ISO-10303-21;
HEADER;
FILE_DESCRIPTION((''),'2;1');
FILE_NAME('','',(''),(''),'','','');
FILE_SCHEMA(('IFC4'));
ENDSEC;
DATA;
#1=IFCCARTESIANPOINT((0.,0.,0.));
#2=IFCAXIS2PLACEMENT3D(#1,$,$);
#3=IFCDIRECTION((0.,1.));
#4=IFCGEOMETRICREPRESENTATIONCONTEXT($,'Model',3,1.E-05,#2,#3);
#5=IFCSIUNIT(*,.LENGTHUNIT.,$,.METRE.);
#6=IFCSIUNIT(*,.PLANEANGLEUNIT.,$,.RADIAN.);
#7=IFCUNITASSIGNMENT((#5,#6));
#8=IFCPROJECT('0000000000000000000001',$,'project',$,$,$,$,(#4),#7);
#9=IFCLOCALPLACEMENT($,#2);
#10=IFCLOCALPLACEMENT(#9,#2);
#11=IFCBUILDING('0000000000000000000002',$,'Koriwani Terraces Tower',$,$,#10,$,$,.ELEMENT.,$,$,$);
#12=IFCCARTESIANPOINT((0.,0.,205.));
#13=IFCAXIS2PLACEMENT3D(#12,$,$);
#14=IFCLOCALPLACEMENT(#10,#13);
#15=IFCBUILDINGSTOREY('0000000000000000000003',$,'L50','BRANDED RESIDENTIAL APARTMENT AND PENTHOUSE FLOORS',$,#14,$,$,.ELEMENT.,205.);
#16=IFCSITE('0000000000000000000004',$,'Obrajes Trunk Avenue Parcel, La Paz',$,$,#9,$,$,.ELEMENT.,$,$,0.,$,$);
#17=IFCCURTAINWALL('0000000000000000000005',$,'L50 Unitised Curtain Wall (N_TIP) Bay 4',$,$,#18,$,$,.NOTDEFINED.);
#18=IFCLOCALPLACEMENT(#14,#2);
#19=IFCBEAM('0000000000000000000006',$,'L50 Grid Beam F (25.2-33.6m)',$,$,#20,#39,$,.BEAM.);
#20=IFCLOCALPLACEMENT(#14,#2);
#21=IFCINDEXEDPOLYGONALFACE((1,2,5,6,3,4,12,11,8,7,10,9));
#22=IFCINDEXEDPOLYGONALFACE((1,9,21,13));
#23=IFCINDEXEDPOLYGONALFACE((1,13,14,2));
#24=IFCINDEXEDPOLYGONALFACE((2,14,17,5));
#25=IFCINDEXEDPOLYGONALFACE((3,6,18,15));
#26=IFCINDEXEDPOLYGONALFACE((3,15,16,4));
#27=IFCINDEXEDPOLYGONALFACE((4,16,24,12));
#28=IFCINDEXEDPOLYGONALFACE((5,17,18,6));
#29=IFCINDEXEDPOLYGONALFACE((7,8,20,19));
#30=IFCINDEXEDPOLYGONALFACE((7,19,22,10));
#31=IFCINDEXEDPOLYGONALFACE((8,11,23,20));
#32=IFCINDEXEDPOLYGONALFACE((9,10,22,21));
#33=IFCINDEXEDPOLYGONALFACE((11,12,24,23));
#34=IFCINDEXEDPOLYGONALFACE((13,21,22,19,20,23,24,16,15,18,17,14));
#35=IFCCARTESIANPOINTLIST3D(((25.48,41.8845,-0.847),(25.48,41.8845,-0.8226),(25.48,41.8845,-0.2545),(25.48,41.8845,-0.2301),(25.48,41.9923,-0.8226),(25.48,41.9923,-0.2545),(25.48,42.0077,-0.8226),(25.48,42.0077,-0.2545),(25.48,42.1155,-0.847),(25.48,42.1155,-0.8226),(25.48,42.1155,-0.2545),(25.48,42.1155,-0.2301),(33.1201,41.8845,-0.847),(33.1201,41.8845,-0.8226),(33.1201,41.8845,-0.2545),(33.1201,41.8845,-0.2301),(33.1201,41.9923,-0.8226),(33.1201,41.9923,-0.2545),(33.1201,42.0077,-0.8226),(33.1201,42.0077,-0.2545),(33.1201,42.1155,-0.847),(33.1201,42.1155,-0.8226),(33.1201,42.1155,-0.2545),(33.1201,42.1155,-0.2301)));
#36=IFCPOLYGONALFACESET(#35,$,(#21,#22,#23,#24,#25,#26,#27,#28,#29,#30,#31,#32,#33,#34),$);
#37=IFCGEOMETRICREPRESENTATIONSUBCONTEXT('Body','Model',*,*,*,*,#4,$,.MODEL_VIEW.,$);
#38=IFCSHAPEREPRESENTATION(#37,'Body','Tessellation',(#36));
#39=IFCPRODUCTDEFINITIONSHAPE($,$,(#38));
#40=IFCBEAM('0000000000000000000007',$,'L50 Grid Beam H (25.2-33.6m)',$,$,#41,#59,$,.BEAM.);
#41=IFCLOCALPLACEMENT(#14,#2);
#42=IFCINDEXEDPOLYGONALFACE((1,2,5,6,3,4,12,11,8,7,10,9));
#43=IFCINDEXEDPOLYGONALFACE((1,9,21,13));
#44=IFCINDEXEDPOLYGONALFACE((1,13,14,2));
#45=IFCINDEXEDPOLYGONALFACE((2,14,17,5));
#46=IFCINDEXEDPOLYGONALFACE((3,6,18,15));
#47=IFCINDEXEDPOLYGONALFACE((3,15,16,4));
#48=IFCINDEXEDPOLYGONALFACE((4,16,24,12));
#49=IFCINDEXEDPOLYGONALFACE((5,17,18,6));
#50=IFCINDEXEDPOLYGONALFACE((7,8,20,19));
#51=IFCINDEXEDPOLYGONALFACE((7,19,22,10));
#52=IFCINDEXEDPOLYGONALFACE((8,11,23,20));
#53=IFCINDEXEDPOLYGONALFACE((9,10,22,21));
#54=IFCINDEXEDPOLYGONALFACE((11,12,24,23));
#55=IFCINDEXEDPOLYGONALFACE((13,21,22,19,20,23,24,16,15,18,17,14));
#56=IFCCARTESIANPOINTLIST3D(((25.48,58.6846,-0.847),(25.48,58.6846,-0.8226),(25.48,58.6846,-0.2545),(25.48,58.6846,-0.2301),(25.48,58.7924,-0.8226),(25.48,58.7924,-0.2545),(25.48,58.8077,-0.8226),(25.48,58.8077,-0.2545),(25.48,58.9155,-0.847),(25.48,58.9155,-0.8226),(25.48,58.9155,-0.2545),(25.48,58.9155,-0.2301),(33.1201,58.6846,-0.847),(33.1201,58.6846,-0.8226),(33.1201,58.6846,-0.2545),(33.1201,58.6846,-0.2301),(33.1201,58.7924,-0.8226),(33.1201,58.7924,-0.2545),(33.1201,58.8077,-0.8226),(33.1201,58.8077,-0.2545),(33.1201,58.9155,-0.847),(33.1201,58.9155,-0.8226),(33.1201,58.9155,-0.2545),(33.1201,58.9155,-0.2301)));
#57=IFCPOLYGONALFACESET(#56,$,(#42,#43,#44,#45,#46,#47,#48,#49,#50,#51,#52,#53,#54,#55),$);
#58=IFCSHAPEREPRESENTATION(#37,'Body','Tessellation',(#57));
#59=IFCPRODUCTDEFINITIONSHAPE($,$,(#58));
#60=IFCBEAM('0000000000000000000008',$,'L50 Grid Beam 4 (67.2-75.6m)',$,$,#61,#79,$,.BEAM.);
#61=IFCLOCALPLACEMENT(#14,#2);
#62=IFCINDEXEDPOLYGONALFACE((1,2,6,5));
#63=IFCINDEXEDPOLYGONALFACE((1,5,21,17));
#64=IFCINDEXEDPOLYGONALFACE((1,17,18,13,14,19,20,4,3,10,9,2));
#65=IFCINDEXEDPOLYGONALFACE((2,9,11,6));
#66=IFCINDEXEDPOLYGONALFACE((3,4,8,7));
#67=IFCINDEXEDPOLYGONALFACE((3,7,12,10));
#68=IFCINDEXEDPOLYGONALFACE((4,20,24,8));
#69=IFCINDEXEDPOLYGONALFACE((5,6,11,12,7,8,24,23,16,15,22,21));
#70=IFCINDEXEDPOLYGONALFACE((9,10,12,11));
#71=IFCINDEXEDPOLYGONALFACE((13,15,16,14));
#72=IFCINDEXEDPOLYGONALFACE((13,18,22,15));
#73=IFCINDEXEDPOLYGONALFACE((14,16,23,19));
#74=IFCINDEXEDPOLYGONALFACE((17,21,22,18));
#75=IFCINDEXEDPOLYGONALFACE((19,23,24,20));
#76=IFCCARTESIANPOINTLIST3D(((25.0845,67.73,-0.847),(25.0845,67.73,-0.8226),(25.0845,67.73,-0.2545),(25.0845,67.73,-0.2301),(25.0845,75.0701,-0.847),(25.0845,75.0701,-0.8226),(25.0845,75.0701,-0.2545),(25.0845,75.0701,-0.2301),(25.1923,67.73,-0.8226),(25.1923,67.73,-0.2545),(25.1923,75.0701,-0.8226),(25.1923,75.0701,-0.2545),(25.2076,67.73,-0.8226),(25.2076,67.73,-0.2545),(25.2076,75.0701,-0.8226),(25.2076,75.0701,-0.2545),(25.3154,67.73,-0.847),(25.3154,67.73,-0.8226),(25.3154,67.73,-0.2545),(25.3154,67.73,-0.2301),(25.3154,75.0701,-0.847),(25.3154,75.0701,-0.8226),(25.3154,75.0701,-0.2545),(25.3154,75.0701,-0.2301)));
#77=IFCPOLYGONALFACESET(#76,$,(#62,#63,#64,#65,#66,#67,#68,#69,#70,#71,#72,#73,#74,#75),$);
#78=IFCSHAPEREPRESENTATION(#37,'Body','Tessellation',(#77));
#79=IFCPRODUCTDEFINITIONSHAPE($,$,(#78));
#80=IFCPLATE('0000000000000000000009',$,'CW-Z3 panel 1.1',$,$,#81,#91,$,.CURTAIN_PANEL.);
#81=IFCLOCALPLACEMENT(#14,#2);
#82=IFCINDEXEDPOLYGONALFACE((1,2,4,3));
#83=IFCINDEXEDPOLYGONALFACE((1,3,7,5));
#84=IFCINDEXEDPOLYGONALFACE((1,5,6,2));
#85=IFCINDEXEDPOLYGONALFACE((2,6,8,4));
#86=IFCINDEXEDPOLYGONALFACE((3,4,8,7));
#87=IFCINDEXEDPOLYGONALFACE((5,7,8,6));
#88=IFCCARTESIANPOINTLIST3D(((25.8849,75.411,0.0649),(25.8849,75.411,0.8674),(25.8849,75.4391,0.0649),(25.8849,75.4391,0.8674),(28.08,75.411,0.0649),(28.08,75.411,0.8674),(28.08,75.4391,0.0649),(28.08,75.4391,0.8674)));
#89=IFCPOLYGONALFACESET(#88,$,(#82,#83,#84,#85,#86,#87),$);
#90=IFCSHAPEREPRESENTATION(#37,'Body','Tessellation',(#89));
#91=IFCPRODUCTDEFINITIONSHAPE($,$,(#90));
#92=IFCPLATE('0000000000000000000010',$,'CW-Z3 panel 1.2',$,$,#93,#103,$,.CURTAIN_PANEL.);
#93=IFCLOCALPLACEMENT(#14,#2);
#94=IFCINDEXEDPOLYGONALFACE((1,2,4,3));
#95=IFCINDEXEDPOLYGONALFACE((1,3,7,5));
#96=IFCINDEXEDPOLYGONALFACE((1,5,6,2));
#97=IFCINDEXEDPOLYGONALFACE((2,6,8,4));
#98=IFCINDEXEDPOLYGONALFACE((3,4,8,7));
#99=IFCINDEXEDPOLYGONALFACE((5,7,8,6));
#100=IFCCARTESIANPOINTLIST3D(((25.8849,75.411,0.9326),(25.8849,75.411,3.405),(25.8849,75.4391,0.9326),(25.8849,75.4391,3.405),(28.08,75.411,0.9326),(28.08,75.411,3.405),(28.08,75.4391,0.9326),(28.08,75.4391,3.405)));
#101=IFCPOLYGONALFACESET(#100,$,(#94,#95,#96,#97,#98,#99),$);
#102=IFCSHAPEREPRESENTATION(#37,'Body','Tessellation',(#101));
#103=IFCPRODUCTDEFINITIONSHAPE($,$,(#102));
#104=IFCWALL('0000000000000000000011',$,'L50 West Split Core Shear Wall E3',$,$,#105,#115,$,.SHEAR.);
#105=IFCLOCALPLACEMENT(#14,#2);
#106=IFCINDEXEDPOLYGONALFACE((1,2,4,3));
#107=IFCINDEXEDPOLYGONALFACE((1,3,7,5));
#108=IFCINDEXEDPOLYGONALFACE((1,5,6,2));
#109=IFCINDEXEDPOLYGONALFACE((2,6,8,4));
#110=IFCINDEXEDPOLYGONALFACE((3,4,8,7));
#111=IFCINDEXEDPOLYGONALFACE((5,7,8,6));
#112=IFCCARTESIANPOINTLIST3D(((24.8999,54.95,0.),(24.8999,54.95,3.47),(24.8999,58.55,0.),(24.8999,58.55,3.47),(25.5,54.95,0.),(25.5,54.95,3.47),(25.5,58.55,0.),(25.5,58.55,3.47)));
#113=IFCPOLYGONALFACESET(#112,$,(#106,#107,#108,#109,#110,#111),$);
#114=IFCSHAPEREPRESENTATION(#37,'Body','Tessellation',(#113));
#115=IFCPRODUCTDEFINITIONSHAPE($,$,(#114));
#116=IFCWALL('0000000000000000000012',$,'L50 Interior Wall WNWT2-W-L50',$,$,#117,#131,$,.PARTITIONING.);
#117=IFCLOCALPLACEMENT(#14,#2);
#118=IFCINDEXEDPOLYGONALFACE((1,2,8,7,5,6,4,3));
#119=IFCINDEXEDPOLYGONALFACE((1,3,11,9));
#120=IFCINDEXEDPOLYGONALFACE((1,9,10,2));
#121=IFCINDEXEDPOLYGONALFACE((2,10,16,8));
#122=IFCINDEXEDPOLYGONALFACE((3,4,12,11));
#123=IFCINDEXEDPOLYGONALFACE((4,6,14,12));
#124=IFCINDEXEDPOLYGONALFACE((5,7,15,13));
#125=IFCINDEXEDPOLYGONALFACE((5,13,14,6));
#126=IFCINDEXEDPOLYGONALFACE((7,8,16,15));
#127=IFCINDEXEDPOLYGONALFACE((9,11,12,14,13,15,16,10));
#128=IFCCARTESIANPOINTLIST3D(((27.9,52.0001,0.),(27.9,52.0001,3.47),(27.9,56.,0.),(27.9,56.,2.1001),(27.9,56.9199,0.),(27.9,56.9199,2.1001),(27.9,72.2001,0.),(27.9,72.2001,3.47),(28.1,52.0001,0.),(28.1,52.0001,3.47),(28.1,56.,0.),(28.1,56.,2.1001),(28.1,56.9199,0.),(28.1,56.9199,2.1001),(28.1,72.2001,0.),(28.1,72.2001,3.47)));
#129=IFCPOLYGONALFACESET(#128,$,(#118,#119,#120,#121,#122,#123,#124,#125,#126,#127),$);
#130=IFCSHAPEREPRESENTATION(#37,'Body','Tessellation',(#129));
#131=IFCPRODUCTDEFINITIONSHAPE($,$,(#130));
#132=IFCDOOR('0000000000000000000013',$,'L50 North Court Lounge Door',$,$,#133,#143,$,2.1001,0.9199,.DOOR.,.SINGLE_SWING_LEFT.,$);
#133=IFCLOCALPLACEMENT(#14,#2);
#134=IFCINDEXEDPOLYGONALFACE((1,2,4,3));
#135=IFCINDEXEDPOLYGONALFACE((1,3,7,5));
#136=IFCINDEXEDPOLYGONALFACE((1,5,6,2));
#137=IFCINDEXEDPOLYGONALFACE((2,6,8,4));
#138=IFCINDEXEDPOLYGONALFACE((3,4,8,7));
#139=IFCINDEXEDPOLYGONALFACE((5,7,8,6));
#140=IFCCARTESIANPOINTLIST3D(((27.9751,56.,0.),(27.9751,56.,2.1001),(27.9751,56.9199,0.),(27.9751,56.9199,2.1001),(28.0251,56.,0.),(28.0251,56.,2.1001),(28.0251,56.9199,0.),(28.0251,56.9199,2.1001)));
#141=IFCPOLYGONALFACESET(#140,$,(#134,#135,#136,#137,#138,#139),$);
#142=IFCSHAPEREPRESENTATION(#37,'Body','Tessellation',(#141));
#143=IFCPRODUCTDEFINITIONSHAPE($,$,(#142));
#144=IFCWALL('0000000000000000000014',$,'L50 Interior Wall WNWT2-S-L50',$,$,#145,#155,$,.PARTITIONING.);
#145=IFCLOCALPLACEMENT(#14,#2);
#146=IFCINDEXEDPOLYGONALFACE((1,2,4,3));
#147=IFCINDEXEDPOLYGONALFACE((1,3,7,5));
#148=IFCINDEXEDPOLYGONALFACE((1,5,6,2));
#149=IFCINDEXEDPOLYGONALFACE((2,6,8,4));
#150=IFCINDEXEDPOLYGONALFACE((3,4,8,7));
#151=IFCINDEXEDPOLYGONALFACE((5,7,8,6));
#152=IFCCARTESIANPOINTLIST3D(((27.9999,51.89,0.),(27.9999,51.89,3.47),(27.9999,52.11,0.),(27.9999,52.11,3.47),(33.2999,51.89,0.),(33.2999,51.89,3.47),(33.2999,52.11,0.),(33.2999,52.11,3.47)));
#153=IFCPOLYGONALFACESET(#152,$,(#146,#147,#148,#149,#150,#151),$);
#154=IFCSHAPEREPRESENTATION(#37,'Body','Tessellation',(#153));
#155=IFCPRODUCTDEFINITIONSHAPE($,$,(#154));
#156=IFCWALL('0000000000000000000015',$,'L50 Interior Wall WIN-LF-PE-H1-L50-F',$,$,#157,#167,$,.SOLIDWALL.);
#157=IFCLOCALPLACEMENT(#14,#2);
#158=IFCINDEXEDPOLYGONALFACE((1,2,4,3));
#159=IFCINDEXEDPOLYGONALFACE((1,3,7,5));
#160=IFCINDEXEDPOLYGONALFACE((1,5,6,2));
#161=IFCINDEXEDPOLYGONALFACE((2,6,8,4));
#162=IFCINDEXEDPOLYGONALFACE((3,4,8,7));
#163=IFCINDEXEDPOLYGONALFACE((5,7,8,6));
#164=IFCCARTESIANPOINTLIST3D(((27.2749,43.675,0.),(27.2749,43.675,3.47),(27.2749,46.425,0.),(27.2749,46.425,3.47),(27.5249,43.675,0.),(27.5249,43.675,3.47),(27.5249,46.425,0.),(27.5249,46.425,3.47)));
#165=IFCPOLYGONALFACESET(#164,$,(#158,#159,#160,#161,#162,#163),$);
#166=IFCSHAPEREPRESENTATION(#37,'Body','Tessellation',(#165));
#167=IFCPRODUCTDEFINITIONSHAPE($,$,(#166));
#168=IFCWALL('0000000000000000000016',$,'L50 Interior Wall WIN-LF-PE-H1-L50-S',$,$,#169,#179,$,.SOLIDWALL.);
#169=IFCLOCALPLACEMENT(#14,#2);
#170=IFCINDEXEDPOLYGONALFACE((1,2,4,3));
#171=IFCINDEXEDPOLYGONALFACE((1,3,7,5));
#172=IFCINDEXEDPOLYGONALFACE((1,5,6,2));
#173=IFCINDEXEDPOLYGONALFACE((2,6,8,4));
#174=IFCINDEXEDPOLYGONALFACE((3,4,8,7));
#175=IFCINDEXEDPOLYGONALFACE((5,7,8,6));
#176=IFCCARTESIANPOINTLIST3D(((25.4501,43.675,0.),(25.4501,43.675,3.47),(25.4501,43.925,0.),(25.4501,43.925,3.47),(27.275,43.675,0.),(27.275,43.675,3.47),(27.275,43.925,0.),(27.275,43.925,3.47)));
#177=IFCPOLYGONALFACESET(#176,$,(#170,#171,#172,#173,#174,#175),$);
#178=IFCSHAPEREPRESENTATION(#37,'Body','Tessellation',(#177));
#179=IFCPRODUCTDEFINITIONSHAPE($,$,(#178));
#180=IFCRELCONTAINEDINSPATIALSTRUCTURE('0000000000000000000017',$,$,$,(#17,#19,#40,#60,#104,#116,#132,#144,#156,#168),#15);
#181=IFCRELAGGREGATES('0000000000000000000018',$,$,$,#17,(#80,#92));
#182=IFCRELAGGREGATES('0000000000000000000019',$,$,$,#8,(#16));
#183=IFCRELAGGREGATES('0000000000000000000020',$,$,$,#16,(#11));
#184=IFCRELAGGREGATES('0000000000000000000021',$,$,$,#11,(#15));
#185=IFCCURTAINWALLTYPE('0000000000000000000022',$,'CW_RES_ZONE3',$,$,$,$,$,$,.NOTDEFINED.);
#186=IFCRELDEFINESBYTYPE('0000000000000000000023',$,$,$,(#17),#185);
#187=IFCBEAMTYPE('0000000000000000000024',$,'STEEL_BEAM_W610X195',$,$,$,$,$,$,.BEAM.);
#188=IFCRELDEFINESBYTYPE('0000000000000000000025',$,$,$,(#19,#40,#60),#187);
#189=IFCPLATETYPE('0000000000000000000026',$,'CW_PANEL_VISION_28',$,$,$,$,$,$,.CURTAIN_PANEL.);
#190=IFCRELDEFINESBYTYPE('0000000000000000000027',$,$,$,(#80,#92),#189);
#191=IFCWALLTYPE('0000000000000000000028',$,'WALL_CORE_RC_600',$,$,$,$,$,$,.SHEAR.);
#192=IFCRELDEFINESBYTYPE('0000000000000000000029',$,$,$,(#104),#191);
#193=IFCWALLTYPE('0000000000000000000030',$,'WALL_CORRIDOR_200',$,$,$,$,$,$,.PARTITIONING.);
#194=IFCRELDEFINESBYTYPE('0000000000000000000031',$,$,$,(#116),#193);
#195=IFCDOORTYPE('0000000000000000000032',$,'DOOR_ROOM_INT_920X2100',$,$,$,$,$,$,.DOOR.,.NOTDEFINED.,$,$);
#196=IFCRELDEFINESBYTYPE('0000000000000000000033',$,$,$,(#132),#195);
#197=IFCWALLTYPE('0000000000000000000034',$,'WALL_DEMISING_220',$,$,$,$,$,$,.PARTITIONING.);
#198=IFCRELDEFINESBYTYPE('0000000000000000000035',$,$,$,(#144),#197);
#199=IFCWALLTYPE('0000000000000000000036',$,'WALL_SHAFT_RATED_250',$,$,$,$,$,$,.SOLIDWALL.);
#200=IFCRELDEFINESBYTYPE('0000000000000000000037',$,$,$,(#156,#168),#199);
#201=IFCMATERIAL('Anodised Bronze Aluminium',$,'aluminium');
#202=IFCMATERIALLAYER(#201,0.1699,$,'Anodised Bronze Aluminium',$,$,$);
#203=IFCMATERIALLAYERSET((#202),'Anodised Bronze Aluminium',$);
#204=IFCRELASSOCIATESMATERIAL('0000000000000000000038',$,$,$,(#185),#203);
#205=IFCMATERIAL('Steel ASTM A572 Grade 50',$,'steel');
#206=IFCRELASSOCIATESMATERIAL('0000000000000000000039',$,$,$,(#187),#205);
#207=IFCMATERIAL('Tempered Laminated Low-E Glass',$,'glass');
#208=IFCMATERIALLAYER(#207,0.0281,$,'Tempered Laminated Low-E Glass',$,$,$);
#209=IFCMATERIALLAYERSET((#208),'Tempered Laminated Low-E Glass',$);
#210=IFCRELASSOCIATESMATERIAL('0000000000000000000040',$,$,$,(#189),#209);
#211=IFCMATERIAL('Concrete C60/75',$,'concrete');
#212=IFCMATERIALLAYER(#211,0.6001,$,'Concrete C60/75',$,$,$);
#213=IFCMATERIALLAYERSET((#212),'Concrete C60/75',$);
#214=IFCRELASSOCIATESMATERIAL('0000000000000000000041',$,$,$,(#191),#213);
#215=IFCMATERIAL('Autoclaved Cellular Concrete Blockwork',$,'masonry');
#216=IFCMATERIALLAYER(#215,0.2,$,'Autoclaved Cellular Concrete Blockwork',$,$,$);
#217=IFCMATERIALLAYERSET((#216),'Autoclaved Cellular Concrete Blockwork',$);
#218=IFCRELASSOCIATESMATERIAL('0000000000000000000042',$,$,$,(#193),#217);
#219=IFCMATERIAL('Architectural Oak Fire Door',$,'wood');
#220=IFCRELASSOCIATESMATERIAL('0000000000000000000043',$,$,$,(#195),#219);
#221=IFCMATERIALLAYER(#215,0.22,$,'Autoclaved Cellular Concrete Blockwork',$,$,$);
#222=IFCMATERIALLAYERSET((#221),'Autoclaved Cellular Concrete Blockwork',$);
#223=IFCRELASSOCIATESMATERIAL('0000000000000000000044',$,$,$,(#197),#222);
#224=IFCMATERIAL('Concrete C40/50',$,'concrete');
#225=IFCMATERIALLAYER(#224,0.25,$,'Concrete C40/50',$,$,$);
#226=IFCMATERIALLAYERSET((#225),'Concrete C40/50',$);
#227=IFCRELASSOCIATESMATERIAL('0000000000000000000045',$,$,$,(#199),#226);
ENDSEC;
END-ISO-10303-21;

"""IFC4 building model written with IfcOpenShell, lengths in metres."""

from ifc_helpers import new_model, si_unit, direction, frame, frame_2d, origin, origin_2d, place, context, subcontext, project, spatial, rectangle, i_section, extrude, material, layer, layer_set, material_profile, profile_set, type_object, element, fill, aggregate, save


model = new_model("IFC4")

# Units and contexts
model_context = context("Model", 3, precision=1e-05, world=origin(), true_north=direction((0.0, 1.0)))
body_context = subcontext(model_context, "Body", "Model", "MODEL_VIEW")
ifc_project = project(units=[si_unit("LENGTHUNIT", "METRE"), si_unit("PLANEANGLEUNIT", "RADIAN")], contexts=[model_context])

# Site, building, storey
site_placement = place(None, origin())
site = spatial("IfcSite", under=ifc_project, at=site_placement, Name="Obrajes Trunk Avenue Parcel, La Paz", CompositionType="ELEMENT", RefElevation=0.0)
building_placement = place(site_placement, origin())
building = spatial("IfcBuilding", under=site, at=building_placement, Name="Koriwani Terraces Tower", CompositionType="ELEMENT")
storey_placement = place(building_placement, frame((0.0, 0.0, 205.0)))
storey = spatial("IfcBuildingStorey", under=building, at=storey_placement, Name="L50", Description="BRANDED RESIDENTIAL APARTMENT AND PENTHOUSE FLOORS", CompositionType="ELEMENT", Elevation=205.0)

# Shared definitions
ifc_material_1 = material(Name="Concrete C60/75", Category="concrete")

# Curtain wall
ifc_material_2 = material(Name="Anodised Bronze Aluminium", Category="aluminium")
ifc_layer_1 = layer(ifc_material_2, 0.1699, Name="Anodised Bronze Aluminium")
ifc_layer_set_1 = layer_set([ifc_layer_1], Name="Anodised Bronze Aluminium")
curtain_wall_type = type_object("IfcCurtainWallType", Name="CW_RES_ZONE3", PredefinedType="NOTDEFINED", material=ifc_layer_set_1)
curtain_wall_placement = place(storey_placement, origin())
curtain_wall = element("IfcCurtainWall", 1, at=curtain_wall_placement, inside=storey, type_object=curtain_wall_type, Name="L50 Unitised Curtain Wall (N_TIP) Bay 4", PredefinedType="NOTDEFINED")

# Beams
ifc_material_3 = material(Name="Steel ASTM A572 Grade 50", Category="steel")
ifc_material_profile_1 = material_profile(ifc_material_3, i_section(OverallWidth=0.231, OverallDepth=0.6169, WebThickness=0.0154, FlangeThickness=0.0244, at=origin_2d()), Name="Steel ASTM A572 Grade 50", Category="LoadBearing")
ifc_profile_set_1 = profile_set([ifc_material_profile_1], Name="Steel ASTM A572 Grade 50")
beam_type_1 = type_object("IfcBeamType", Name="STEEL_BEAM_W610X195", PredefinedType="BEAM", material=ifc_profile_set_1)
for number, where, z_axis, x_axis, name in (
    (2, (25.48, 42.0, -0.5386), (1.0, 0.0, 0.0), (0.0, 1.0, 0.0), "L50 Grid Beam F (25.2-33.6m)"),
    (3, (25.48, 58.8, -0.5386), (1.0, 0.0, 0.0), (0.0, 1.0, 0.0), "L50 Grid Beam H (25.2-33.6m)"),
):
    element("IfcBeam", number, at=place(storey_placement, frame(where, z_axis=z_axis, x_axis=x_axis)), inside=storey, type_object=beam_type_1, Name=name, PredefinedType="BEAM", context=body_context, shape_type="SweptSolid", body=[
        extrude(i_section(OverallWidth=0.231, OverallDepth=0.6169, WebThickness=0.0154, FlangeThickness=0.0244, at=origin_2d()), origin(), (0.0, 0.0, 1.0), 7.6401),
    ])
beam_1_placement = place(storey_placement, frame((25.2, 67.73, -0.5386), z_axis=(0.0, 1.0, 0.0), x_axis=(-1.0, 0.0, 0.0)))
element("IfcBeam", 4, at=beam_1_placement, inside=storey, type_object=beam_type_1, Name="L50 Grid Beam 4 (67.2-75.6m)", PredefinedType="BEAM", context=body_context, shape_type="SweptSolid", body=[
    extrude(i_section(OverallWidth=0.231, OverallDepth=0.6169, WebThickness=0.0154, FlangeThickness=0.0244, at=origin_2d()), origin(), (0.0, 0.0, 1.0), 7.3401),
])

# Plates
ifc_material_4 = material(Name="Tempered Laminated Low-E Glass", Category="glass")
ifc_layer_2 = layer(ifc_material_4, 0.0281, Name="Tempered Laminated Low-E Glass")
ifc_layer_set_2 = layer_set([ifc_layer_2], Name="Tempered Laminated Low-E Glass")
plate_type = type_object("IfcPlateType", Name="CW_PANEL_VISION_28", PredefinedType="CURTAIN_PANEL", material=ifc_layer_set_2)
plate_1_placement = place(storey_placement, frame((26.9824, 75.425, 0.0649), z_axis=(0.0, 0.0, 1.0), x_axis=(1.0, 0.0, 0.0)))
plate_1 = element("IfcPlate", 5, at=plate_1_placement, type_object=plate_type, Name="CW-Z3 panel 1.1", PredefinedType="CURTAIN_PANEL", context=body_context, shape_type="SweptSolid", body=[
    extrude(rectangle(XDim=2.1951, YDim=0.0281, at=origin_2d()), origin(), (0.0, 0.0, 1.0), 0.8025),
])
plate_2_placement = place(storey_placement, frame((26.9824, 75.425, 0.9326), z_axis=(0.0, 0.0, 1.0), x_axis=(1.0, 0.0, 0.0)))
plate_2 = element("IfcPlate", 6, at=plate_2_placement, type_object=plate_type, Name="CW-Z3 panel 1.2", PredefinedType="CURTAIN_PANEL", context=body_context, shape_type="SweptSolid", body=[
    extrude(rectangle(XDim=2.1951, YDim=0.0281, at=origin_2d()), origin(), (0.0, 0.0, 1.0), 2.4724),
])
aggregate(curtain_wall, [plate_1, plate_2])

# Wall
ifc_layer_3 = layer(ifc_material_1, 0.6001, Name="Concrete C60/75")
ifc_layer_set_3 = layer_set([ifc_layer_3], Name="Concrete C60/75")
wall_type_1 = type_object("IfcWallType", Name="WALL_CORE_RC_600", PredefinedType="SHEAR", material=ifc_layer_set_3)
wall_1_placement = place(storey_placement, frame((25.2, 54.95, 0.0), z_axis=(0.0, 0.0, 1.0), x_axis=(0.0, 1.0, 0.0)))
element("IfcWall", 7, at=wall_1_placement, inside=storey, type_object=wall_type_1, Name="L50 West Split Core Shear Wall E3", PredefinedType="SHEAR", context=body_context, shape_type="SweptSolid", body=[
    extrude(rectangle(XDim=3.6001, YDim=0.6001, at=frame_2d((1.8, 0.0))), origin(), (0.0, 0.0, 1.0), 3.47),
])

# Wall, opening, door
ifc_material_5 = material(Name="Autoclaved Cellular Concrete Blockwork", Category="masonry")
ifc_layer_4 = layer(ifc_material_5, 0.2, Name="Autoclaved Cellular Concrete Blockwork")
ifc_layer_set_4 = layer_set([ifc_layer_4], Name="Autoclaved Cellular Concrete Blockwork")
wall_type_2 = type_object("IfcWallType", Name="WALL_CORRIDOR_200", PredefinedType="PARTITIONING", material=ifc_layer_set_4)
wall_2_placement = place(storey_placement, frame((28.0, 52.0, 0.0), z_axis=(0.0, 0.0, 1.0), x_axis=(0.0, 1.0, 0.0)))
wall_2 = element("IfcWall", 8, at=wall_2_placement, inside=storey, type_object=wall_type_2, Name="L50 Interior Wall WNWT2-W-L50", PredefinedType="PARTITIONING", context=body_context, shape_type="SweptSolid", body=[
    extrude(rectangle(XDim=20.2, YDim=0.2, at=frame_2d((10.1001, 0.0))), origin(), (0.0, 0.0, 1.0), 3.47),
])
opening_1_placement = place(wall_2_placement, frame((4.0, 0.0, 0.0)))
opening_1 = element("IfcOpeningElement", 9, at=opening_1_placement, cuts=wall_2, PredefinedType="OPENING", context=body_context, shape_type="SweptSolid", body=[
    extrude(rectangle(XDim=0.9199, YDim=2.1001, at=frame_2d((0.46, 1.05))), frame((0.0, 0.1099, 0.0), z_axis=(0.0, -1.0, 0.0), x_axis=(1.0, 0.0, 0.0)), (0.0, 0.0, 1.0), 0.22),
])
ifc_material_6 = material(Name="Architectural Oak Fire Door", Category="wood")
door_type_1 = type_object("IfcDoorType", Name="DOOR_ROOM_INT_920X2100", OperationType="NOTDEFINED", PredefinedType="DOOR", material=ifc_material_6)
door_1_placement = place(opening_1_placement, origin())
door_1 = element("IfcDoor", 10, at=door_1_placement, inside=storey, type_object=door_type_1, Name="L50 North Court Lounge Door", OperationType="SINGLE_SWING_LEFT", OverallHeight=2.1001, OverallWidth=0.9199, PredefinedType="DOOR", context=body_context, shape_type="SweptSolid", body=[
    extrude(rectangle(XDim=0.9199, YDim=2.1001, at=frame_2d((0.46, 1.05))), frame((0.0, 0.0249, 0.0), z_axis=(0.0, -1.0, 0.0), x_axis=(1.0, 0.0, 0.0)), (0.0, 0.0, 1.0), 0.05),
])
fill(opening_1, door_1)

# Wall
ifc_layer_5 = layer(ifc_material_5, 0.22, Name="Autoclaved Cellular Concrete Blockwork")
ifc_layer_set_5 = layer_set([ifc_layer_5], Name="Autoclaved Cellular Concrete Blockwork")
wall_type_3 = type_object("IfcWallType", Name="WALL_DEMISING_220", PredefinedType="PARTITIONING", material=ifc_layer_set_5)
wall_3_placement = place(storey_placement, frame((28.0, 52.0, 0.0), z_axis=(0.0, 0.0, 1.0), x_axis=(1.0, 0.0, 0.0)))
element("IfcWall", 11, at=wall_3_placement, inside=storey, type_object=wall_type_3, Name="L50 Interior Wall WNWT2-S-L50", PredefinedType="PARTITIONING", context=body_context, shape_type="SweptSolid", body=[
    extrude(rectangle(XDim=5.3, YDim=0.22, at=frame_2d((2.6499, 0.0))), origin(), (0.0, 0.0, 1.0), 3.47),
])

# Shared definitions
ifc_material_7 = material(Name="Concrete C40/50", Category="concrete")
ifc_layer_6 = layer(ifc_material_7, 0.25, Name="Concrete C40/50")
ifc_layer_set_6 = layer_set([ifc_layer_6], Name="Concrete C40/50")
wall_type_4 = type_object("IfcWallType", Name="WALL_SHAFT_RATED_250", PredefinedType="SOLIDWALL", material=ifc_layer_set_6)

# Walls
wall_4_placement = place(storey_placement, frame((27.3999, 43.675, 0.0), z_axis=(0.0, 0.0, 1.0), x_axis=(0.0, 1.0, 0.0)))
element("IfcWall", 12, at=wall_4_placement, inside=storey, type_object=wall_type_4, Name="L50 Interior Wall WIN-LF-PE-H1-L50-F", PredefinedType="SOLIDWALL", context=body_context, shape_type="SweptSolid", body=[
    extrude(rectangle(XDim=2.75, YDim=0.25, at=frame_2d((1.375, 0.0))), origin(), (0.0, 0.0, 1.0), 3.47),
])
for number, where, z_axis, x_axis, name in (
    (13, (25.45, 43.8, 0.0), (0.0, 0.0, 1.0), (1.0, 0.0, 0.0), "L50 Interior Wall WIN-LF-PE-H1-L50-S"),
):
    element("IfcWall", number, at=place(storey_placement, frame(where, z_axis=z_axis, x_axis=x_axis)), inside=storey, type_object=wall_type_4, Name=name, PredefinedType="SOLIDWALL", context=body_context, shape_type="SweptSolid", body=[
        extrude(rectangle(XDim=1.825, YDim=0.25, at=frame_2d((0.9126, 0.0))), origin(), (0.0, 0.0, 1.0), 3.47),
    ])

save(model, "model.ifc")
